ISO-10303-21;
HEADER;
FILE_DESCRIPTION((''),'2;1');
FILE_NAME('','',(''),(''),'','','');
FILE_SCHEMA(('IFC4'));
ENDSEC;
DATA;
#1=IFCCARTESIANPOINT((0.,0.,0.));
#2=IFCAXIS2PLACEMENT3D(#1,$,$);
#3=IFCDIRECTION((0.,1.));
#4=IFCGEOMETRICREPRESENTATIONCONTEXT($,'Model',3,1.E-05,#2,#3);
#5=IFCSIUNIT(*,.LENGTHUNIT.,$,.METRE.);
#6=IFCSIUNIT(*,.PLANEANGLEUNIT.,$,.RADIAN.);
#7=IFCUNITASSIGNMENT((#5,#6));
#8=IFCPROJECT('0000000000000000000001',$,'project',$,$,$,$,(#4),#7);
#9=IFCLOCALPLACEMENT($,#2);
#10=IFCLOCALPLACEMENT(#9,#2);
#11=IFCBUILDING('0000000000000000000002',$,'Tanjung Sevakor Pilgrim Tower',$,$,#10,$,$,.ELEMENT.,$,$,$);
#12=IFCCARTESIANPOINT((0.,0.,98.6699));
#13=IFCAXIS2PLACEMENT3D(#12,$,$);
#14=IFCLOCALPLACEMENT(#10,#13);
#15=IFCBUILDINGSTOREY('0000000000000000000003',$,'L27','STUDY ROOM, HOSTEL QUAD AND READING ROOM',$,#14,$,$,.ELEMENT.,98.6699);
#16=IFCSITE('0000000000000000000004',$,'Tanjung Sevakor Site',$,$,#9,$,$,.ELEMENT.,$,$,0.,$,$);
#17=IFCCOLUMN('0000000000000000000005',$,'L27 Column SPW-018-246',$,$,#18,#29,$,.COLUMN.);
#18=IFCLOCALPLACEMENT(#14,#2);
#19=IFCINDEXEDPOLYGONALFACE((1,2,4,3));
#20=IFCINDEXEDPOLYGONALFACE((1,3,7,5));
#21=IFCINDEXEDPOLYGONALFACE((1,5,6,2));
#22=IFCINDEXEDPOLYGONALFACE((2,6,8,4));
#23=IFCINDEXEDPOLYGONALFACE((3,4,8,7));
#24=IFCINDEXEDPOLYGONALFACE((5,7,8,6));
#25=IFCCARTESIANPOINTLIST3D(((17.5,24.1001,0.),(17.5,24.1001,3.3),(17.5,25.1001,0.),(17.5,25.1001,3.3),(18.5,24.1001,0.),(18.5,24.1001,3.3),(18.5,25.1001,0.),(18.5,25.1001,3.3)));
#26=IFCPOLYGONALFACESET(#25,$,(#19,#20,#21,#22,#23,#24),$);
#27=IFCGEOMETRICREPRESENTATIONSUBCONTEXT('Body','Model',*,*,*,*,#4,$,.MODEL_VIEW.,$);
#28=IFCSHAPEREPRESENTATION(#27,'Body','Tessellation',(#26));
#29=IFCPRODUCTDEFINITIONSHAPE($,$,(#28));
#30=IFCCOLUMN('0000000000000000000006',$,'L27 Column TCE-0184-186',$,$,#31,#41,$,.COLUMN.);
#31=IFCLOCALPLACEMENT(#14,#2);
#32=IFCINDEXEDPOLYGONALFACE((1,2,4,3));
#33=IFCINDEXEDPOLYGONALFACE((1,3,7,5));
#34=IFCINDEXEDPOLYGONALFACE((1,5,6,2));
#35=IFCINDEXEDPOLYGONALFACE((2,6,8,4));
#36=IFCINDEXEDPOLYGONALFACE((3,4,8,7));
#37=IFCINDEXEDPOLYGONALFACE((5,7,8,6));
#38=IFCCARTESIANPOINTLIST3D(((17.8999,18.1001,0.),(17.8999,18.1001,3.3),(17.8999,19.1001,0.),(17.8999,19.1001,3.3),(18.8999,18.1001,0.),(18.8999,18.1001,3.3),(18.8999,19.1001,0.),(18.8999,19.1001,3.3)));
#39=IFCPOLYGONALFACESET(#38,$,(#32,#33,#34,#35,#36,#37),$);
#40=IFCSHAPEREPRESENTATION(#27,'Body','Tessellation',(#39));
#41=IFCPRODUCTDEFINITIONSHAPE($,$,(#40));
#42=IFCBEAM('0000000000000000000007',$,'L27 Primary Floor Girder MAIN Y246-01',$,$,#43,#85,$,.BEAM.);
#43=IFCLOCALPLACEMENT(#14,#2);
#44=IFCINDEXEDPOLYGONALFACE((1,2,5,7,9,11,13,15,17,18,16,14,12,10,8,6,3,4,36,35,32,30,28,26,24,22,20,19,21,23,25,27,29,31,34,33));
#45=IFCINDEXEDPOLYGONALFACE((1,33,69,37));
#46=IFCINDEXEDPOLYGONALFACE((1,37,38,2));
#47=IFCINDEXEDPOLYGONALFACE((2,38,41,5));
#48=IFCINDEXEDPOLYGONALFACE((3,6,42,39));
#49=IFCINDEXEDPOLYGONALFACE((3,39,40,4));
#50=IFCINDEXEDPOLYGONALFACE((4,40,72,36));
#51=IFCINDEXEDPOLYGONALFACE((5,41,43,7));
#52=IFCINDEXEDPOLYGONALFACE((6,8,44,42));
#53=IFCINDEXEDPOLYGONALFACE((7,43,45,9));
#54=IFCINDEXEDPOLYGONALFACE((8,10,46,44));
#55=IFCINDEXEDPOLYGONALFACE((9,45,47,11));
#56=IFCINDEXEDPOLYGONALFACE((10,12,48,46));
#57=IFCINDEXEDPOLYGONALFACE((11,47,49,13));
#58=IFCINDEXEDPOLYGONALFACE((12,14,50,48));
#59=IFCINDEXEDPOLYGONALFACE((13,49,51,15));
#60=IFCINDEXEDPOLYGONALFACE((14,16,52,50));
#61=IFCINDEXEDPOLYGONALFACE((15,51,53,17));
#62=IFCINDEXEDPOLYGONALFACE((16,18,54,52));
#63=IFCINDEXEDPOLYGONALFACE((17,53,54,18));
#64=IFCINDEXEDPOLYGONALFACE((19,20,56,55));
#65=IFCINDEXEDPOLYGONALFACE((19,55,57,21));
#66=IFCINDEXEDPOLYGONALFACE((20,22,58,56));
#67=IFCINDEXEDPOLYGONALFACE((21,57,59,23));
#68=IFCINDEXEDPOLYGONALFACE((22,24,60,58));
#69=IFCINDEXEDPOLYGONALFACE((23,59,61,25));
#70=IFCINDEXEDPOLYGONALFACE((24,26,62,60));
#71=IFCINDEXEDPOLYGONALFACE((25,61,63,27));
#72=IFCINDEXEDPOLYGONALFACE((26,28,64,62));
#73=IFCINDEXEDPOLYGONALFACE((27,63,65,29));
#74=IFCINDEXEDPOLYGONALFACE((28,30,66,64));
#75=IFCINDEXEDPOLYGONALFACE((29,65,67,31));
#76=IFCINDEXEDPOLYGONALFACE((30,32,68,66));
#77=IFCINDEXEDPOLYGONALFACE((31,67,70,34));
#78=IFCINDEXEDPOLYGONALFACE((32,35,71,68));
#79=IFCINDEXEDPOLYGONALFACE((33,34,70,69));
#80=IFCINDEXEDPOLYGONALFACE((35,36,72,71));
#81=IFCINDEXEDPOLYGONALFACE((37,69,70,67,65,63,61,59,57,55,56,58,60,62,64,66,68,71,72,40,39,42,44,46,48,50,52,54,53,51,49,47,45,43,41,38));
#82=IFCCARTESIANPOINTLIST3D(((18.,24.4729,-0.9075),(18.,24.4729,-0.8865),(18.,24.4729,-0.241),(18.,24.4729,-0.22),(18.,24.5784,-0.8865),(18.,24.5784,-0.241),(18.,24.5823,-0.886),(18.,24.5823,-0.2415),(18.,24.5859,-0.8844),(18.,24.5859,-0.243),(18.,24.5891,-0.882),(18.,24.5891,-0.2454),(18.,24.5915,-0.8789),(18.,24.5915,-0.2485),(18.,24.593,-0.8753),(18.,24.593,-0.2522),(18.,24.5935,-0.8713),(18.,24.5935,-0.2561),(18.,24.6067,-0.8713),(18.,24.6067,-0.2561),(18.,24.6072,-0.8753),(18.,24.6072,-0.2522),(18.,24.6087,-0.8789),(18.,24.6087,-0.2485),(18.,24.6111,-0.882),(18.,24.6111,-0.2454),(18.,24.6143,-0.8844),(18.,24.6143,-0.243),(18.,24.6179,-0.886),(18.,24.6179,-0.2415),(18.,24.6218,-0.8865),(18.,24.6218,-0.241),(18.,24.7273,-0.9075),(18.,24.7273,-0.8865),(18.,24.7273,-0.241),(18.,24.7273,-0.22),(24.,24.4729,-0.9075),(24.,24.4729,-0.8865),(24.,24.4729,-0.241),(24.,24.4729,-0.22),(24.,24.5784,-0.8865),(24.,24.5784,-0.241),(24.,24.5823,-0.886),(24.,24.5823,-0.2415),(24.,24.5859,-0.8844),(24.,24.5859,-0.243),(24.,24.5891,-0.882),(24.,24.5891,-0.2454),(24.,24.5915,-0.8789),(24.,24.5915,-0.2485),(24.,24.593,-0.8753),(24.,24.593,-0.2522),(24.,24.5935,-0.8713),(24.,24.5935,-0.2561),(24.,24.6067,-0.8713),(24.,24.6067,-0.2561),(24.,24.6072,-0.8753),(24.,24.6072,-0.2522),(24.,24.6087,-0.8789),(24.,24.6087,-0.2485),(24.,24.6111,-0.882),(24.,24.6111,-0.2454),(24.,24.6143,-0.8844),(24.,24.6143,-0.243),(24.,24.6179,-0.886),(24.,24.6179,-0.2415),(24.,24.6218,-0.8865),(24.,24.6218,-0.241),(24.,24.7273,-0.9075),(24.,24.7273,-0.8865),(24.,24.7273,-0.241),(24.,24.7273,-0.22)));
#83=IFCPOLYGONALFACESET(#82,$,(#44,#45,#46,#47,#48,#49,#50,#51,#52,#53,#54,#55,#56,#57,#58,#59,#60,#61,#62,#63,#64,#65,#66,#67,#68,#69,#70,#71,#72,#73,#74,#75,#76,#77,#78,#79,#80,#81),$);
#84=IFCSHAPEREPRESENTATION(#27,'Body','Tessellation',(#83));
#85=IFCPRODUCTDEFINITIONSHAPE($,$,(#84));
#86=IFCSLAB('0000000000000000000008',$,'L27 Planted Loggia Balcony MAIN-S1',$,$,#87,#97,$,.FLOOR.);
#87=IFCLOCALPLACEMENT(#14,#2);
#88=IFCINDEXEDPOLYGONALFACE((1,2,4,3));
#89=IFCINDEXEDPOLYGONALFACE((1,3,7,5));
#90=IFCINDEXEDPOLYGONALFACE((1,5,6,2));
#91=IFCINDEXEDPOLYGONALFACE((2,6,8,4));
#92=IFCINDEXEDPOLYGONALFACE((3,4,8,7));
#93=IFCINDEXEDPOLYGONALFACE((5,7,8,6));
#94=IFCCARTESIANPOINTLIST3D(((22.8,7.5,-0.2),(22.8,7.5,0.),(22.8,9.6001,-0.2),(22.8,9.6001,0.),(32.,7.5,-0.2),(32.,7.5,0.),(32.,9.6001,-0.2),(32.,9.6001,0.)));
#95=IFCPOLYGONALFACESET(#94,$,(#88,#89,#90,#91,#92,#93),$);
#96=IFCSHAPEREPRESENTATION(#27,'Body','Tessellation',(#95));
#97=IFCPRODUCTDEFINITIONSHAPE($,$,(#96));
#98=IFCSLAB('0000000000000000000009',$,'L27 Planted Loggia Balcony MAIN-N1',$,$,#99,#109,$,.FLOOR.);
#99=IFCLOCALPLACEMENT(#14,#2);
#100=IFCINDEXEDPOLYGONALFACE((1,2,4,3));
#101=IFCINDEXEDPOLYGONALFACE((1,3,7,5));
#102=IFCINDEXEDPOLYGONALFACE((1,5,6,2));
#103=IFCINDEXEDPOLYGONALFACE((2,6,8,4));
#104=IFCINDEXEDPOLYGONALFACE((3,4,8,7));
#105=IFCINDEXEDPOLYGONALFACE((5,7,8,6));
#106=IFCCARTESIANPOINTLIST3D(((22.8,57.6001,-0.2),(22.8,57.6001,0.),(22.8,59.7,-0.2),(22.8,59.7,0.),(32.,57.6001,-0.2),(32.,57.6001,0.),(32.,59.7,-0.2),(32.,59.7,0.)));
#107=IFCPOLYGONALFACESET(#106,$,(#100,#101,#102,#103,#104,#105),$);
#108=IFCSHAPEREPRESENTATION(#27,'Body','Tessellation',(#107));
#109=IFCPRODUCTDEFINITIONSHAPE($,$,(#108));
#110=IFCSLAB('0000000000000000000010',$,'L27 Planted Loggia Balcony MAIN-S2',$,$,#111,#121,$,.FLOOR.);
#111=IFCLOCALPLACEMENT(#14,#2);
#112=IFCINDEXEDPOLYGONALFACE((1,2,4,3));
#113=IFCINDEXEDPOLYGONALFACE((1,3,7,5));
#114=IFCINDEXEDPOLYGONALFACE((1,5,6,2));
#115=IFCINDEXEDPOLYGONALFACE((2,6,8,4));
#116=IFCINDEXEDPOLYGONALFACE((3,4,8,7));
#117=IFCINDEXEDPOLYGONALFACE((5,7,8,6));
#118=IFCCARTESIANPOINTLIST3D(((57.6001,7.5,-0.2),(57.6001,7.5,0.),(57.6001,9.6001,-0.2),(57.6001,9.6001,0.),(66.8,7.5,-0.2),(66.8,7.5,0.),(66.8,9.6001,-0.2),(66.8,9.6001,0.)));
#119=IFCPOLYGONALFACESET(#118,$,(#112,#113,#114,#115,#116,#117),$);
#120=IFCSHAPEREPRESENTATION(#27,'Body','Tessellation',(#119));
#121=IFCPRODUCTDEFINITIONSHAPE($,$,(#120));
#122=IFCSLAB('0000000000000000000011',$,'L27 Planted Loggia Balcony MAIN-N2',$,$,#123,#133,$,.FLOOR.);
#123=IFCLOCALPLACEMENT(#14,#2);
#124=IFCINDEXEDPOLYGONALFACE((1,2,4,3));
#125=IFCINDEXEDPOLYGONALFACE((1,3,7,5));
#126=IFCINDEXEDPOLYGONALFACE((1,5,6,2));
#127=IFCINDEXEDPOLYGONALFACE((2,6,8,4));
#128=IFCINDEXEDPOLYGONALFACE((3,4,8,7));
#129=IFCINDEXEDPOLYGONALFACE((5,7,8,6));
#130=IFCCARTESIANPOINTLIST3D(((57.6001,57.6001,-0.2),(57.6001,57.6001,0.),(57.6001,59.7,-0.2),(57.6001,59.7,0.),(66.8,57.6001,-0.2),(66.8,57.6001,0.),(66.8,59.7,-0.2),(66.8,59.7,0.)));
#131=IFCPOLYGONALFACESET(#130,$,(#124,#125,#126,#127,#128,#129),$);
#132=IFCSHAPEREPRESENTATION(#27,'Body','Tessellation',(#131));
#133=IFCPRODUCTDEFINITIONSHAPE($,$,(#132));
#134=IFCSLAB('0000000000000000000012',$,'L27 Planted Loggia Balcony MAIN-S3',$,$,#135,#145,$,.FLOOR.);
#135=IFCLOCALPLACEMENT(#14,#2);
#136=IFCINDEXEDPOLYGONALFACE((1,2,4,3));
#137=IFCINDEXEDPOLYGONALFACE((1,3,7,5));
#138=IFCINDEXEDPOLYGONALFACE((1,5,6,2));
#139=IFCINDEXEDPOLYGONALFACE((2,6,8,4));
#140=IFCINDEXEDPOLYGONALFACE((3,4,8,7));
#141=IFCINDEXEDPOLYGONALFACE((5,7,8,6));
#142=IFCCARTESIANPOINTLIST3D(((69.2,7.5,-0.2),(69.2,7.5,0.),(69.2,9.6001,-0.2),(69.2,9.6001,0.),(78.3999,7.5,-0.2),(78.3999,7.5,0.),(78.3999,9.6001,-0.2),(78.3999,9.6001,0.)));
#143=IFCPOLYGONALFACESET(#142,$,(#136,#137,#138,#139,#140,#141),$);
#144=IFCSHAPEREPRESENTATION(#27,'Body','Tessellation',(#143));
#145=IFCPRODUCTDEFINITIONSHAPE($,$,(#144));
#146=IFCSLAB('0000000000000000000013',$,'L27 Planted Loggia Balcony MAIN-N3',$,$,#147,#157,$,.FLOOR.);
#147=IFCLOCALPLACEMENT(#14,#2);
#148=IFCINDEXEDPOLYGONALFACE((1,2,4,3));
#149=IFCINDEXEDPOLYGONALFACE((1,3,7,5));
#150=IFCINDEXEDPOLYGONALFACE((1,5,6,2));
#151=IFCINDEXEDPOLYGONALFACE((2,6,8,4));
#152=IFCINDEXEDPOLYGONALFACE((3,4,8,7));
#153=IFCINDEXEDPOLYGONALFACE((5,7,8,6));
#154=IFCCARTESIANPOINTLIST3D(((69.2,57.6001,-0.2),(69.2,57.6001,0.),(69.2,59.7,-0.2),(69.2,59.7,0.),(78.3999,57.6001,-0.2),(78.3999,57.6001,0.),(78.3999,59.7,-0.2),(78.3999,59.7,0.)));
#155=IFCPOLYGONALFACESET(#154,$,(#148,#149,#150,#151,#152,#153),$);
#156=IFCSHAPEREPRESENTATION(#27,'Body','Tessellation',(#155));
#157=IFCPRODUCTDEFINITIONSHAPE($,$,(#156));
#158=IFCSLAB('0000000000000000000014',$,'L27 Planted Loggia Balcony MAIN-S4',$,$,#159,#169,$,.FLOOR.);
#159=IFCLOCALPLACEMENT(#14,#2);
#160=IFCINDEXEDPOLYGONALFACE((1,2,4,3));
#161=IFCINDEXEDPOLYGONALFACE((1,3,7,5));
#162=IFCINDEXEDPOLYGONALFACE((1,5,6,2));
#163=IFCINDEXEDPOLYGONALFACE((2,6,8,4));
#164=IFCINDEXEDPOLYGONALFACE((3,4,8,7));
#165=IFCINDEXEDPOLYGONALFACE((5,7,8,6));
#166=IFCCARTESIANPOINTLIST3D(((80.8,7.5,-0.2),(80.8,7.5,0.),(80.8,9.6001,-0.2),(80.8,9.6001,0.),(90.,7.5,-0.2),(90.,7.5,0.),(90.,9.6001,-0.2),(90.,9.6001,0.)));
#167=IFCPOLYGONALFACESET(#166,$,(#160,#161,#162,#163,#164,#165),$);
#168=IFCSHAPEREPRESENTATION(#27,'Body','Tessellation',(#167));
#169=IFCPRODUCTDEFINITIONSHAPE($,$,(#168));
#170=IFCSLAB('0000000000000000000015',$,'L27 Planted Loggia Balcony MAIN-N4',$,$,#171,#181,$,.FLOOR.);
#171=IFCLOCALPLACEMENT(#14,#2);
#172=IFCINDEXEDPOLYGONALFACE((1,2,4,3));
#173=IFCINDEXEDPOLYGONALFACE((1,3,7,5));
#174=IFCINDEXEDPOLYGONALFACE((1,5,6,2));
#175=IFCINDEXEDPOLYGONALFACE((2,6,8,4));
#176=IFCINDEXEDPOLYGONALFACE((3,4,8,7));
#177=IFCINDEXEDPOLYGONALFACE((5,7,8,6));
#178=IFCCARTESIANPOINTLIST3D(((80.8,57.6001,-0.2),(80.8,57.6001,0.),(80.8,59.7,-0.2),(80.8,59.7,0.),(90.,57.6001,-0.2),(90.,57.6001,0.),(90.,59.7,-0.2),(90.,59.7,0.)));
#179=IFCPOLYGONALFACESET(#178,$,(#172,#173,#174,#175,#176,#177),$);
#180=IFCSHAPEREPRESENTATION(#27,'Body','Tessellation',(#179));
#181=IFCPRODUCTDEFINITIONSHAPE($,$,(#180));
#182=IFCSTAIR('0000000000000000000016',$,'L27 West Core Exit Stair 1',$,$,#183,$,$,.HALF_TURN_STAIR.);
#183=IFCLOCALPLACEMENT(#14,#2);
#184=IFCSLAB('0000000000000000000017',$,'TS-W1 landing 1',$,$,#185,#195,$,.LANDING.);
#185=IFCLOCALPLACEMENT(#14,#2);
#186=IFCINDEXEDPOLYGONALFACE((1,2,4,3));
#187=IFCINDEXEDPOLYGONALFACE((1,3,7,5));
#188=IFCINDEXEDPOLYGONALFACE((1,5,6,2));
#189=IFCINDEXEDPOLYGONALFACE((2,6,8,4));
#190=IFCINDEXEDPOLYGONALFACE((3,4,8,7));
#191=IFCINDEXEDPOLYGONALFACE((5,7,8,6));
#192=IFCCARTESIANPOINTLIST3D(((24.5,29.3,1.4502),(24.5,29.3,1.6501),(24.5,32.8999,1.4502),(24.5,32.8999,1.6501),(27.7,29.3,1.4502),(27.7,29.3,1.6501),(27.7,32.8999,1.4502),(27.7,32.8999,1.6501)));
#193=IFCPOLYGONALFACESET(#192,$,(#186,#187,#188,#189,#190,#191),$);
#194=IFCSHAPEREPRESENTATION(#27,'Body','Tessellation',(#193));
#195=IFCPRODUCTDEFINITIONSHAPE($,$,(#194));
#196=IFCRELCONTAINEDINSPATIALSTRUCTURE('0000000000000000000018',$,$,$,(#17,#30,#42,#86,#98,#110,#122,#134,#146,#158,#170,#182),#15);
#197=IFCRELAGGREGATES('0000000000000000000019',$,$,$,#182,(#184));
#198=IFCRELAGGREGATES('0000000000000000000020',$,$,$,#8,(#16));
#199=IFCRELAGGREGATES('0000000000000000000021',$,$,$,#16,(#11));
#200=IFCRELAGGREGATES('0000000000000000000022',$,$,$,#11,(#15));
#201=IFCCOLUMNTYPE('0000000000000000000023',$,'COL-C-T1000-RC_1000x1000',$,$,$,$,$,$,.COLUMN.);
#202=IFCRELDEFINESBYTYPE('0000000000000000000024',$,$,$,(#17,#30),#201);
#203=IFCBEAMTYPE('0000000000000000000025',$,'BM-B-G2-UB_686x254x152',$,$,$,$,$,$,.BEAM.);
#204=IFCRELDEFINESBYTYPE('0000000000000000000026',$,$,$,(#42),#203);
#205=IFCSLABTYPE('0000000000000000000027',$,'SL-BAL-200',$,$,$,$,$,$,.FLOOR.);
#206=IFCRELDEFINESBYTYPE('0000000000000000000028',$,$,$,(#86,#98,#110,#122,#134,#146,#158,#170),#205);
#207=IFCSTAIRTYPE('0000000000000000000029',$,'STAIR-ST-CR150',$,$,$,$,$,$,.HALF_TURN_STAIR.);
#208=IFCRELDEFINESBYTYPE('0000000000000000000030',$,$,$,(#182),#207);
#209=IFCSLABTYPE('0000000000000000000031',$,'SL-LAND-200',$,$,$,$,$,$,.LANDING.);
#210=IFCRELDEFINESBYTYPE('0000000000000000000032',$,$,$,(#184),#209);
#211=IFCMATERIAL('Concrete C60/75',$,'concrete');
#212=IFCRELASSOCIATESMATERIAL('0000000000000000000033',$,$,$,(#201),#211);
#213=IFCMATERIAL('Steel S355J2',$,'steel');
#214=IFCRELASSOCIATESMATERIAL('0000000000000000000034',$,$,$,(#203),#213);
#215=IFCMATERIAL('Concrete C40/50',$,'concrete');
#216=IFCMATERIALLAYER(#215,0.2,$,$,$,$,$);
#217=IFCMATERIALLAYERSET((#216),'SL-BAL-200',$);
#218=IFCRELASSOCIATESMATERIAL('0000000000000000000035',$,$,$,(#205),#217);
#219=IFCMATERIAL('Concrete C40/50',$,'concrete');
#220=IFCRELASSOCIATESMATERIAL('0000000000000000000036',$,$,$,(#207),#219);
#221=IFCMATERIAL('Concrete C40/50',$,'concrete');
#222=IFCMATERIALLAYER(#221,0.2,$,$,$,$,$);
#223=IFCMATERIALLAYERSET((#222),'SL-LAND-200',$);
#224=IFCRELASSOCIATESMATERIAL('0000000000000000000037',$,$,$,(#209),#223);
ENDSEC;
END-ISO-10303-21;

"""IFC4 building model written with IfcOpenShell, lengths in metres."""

from ifc_helpers import new_model, si_unit, direction, frame, origin, origin_2d, place, context, subcontext, project, spatial, polyline, rectangle, i_section, outline, extrude, material, layer, layer_set, material_profile, profile_set, type_object, element, aggregate, save


model = new_model("IFC4")

# Units and contexts
model_context = context("Model", 3, precision=1e-05, world=origin(), true_north=direction((0.0, 1.0)))
body_context = subcontext(model_context, "Body", "Model", "MODEL_VIEW")
ifc_project = project(units=[si_unit("LENGTHUNIT", "METRE"), si_unit("PLANEANGLEUNIT", "RADIAN")], contexts=[model_context])

# Site, building, storey
site_placement = place(None, origin())
site = spatial("IfcSite", under=ifc_project, at=site_placement, Name="Tanjung Sevakor Site", CompositionType="ELEMENT", RefElevation=0.0)
building_placement = place(site_placement, origin())
building = spatial("IfcBuilding", under=site, at=building_placement, Name="Tanjung Sevakor Pilgrim Tower", CompositionType="ELEMENT")
storey_placement = place(building_placement, frame((0.0, 0.0, 98.6699)))
storey = spatial("IfcBuildingStorey", under=building, at=storey_placement, Name="L27", Description="STUDY ROOM, HOSTEL QUAD AND READING ROOM", CompositionType="ELEMENT", Elevation=98.6699)

# Columns
ifc_material_1 = material(Name="Concrete C60/75", Category="concrete")
ifc_material_profile_1 = material_profile(ifc_material_1, rectangle(XDim=1.0, YDim=1.0, at=origin_2d()))
ifc_profile_set_1 = profile_set([ifc_material_profile_1], Name="Concrete C60/75")
column_type = type_object("IfcColumnType", Name="COL-C-T1000-RC_1000x1000", PredefinedType="COLUMN", material=ifc_profile_set_1)
for number, where, z_axis, x_axis, name in (
    (1, (18.0, 24.6001, 0.0), (0.0, 0.0, 1.0), (1.0, 0.0, 0.0), "L27 Column SPW-018-246"),
    (2, (18.3999, 18.6001, 0.0), (0.0, 0.0, 1.0), (1.0, 0.0, 0.0), "L27 Column TCE-0184-186"),
):
    element("IfcColumn", number, at=place(storey_placement, frame(where, z_axis=z_axis, x_axis=x_axis)), inside=storey, type_object=column_type, Name=name, PredefinedType="COLUMN", context=body_context, shape_type="SweptSolid", body=[
        extrude(rectangle(XDim=1.0, YDim=1.0, at=origin_2d()), origin(), (0.0, 0.0, 1.0), 3.3),
    ])

# Beam
ifc_material_2 = material(Name="Steel S355J2", Category="steel")
ifc_material_profile_2 = material_profile(ifc_material_2, i_section(OverallWidth=0.2544, OverallDepth=0.6875, WebThickness=0.0132, FlangeThickness=0.021, FilletRadius=0.0151, at=origin_2d()))
ifc_profile_set_2 = profile_set([ifc_material_profile_2], Name="Steel S355J2")
beam_type = type_object("IfcBeamType", Name="BM-B-G2-UB_686x254x152", PredefinedType="BEAM", material=ifc_profile_set_2)
beam_placement = place(storey_placement, frame((18.0, 24.6001, -0.5637), z_axis=(1.0, 0.0, 0.0), x_axis=(0.0, 1.0, 0.0)))
element("IfcBeam", 3, at=beam_placement, inside=storey, type_object=beam_type, Name="L27 Primary Floor Girder MAIN Y246-01", PredefinedType="BEAM", context=body_context, shape_type="SweptSolid", body=[
    extrude(i_section(OverallWidth=0.2544, OverallDepth=0.6875, WebThickness=0.0132, FlangeThickness=0.021, FilletRadius=0.0151, at=origin_2d()), origin(), (0.0, 0.0, 1.0), 6.0),
])

# Slabs
ifc_material_3 = material(Name="Concrete C40/50", Category="concrete")
ifc_layer_1 = layer(ifc_material_3, 0.2)
ifc_layer_set_1 = layer_set([ifc_layer_1], Name="SL-BAL-200")
slab_type_1 = type_object("IfcSlabType", Name="SL-BAL-200", PredefinedType="FLOOR", material=ifc_layer_set_1)
slab_1_placement = place(storey_placement, frame((0.0, 0.0, -0.2)))
element("IfcSlab", 4, at=slab_1_placement, inside=storey, type_object=slab_type_1, Name="L27 Planted Loggia Balcony MAIN-S1", PredefinedType="FLOOR", context=body_context, shape_type="SweptSolid", body=[
    extrude(outline(polyline([(22.8, 7.5), (32.0, 7.5), (32.0, 9.6001), (22.8, 9.6001), (22.8, 7.5)])), origin(), (0.0, 0.0, 1.0), 0.2),
])
slab_2_placement = place(storey_placement, frame((0.0, 0.0, -0.2)))
element("IfcSlab", 5, at=slab_2_placement, inside=storey, type_object=slab_type_1, Name="L27 Planted Loggia Balcony MAIN-N1", PredefinedType="FLOOR", context=body_context, shape_type="SweptSolid", body=[
    extrude(outline(polyline([(22.8, 57.6001), (32.0, 57.6001), (32.0, 59.7), (22.8, 59.7), (22.8, 57.6001)])), origin(), (0.0, 0.0, 1.0), 0.2),
])
slab_3_placement = place(storey_placement, frame((0.0, 0.0, -0.2)))
element("IfcSlab", 6, at=slab_3_placement, inside=storey, type_object=slab_type_1, Name="L27 Planted Loggia Balcony MAIN-S2", PredefinedType="FLOOR", context=body_context, shape_type="SweptSolid", body=[
    extrude(outline(polyline([(57.6001, 7.5), (66.8, 7.5), (66.8, 9.6001), (57.6001, 9.6001), (57.6001, 7.5)])), origin(), (0.0, 0.0, 1.0), 0.2),
])
slab_4_placement = place(storey_placement, frame((0.0, 0.0, -0.2)))
element("IfcSlab", 7, at=slab_4_placement, inside=storey, type_object=slab_type_1, Name="L27 Planted Loggia Balcony MAIN-N2", PredefinedType="FLOOR", context=body_context, shape_type="SweptSolid", body=[
    extrude(outline(polyline([(57.6001, 57.6001), (66.8, 57.6001), (66.8, 59.7), (57.6001, 59.7), (57.6001, 57.6001)])), origin(), (0.0, 0.0, 1.0), 0.2),
])
slab_5_placement = place(storey_placement, frame((0.0, 0.0, -0.2)))
element("IfcSlab", 8, at=slab_5_placement, inside=storey, type_object=slab_type_1, Name="L27 Planted Loggia Balcony MAIN-S3", PredefinedType="FLOOR", context=body_context, shape_type="SweptSolid", body=[
    extrude(outline(polyline([(69.2, 7.5), (78.3999, 7.5), (78.3999, 9.6001), (69.2, 9.6001), (69.2, 7.5)])), origin(), (0.0, 0.0, 1.0), 0.2),
])
slab_6_placement = place(storey_placement, frame((0.0, 0.0, -0.2)))
element("IfcSlab", 9, at=slab_6_placement, inside=storey, type_object=slab_type_1, Name="L27 Planted Loggia Balcony MAIN-N3", PredefinedType="FLOOR", context=body_context, shape_type="SweptSolid", body=[
    extrude(outline(polyline([(69.2, 57.6001), (78.3999, 57.6001), (78.3999, 59.7), (69.2, 59.7), (69.2, 57.6001)])), origin(), (0.0, 0.0, 1.0), 0.2),
])
slab_7_placement = place(storey_placement, frame((0.0, 0.0, -0.2)))
element("IfcSlab", 10, at=slab_7_placement, inside=storey, type_object=slab_type_1, Name="L27 Planted Loggia Balcony MAIN-S4", PredefinedType="FLOOR", context=body_context, shape_type="SweptSolid", body=[
    extrude(outline(polyline([(80.8, 7.5), (90.0, 7.5), (90.0, 9.6001), (80.8, 9.6001), (80.8, 7.5)])), origin(), (0.0, 0.0, 1.0), 0.2),
])
slab_8_placement = place(storey_placement, frame((0.0, 0.0, -0.2)))
element("IfcSlab", 11, at=slab_8_placement, inside=storey, type_object=slab_type_1, Name="L27 Planted Loggia Balcony MAIN-N4", PredefinedType="FLOOR", context=body_context, shape_type="SweptSolid", body=[
    extrude(outline(polyline([(80.8, 57.6001), (90.0, 57.6001), (90.0, 59.7), (80.8, 59.7), (80.8, 57.6001)])), origin(), (0.0, 0.0, 1.0), 0.2),
])

# Stair, slab
ifc_material_4 = material(Name="Concrete C40/50", Category="concrete")
stair_type = type_object("IfcStairType", Name="STAIR-ST-CR150", PredefinedType="HALF_TURN_STAIR", material=ifc_material_4)
stair_1_placement = place(storey_placement, origin())
stair_1 = element("IfcStair", 12, at=stair_1_placement, inside=storey, type_object=stair_type, Name="L27 West Core Exit Stair 1", PredefinedType="HALF_TURN_STAIR")
ifc_material_5 = material(Name="Concrete C40/50", Category="concrete")
ifc_layer_2 = layer(ifc_material_5, 0.2)
ifc_layer_set_2 = layer_set([ifc_layer_2], Name="SL-LAND-200")
slab_type_2 = type_object("IfcSlabType", Name="SL-LAND-200", PredefinedType="LANDING", material=ifc_layer_set_2)
slab_9_placement = place(storey_placement, frame((0.0, 0.0, 1.4502)))
slab_9 = element("IfcSlab", 13, at=slab_9_placement, type_object=slab_type_2, Name="TS-W1 landing 1", PredefinedType="LANDING", context=body_context, shape_type="SweptSolid", body=[
    extrude(outline(polyline([(27.7, 29.3), (27.7, 32.8999), (24.5, 32.8999), (24.5, 29.3), (27.7, 29.3)])), origin(), (0.0, 0.0, 1.0), 0.2),
])
aggregate(stair_1, [slab_9])

save(model, "model.ifc")
